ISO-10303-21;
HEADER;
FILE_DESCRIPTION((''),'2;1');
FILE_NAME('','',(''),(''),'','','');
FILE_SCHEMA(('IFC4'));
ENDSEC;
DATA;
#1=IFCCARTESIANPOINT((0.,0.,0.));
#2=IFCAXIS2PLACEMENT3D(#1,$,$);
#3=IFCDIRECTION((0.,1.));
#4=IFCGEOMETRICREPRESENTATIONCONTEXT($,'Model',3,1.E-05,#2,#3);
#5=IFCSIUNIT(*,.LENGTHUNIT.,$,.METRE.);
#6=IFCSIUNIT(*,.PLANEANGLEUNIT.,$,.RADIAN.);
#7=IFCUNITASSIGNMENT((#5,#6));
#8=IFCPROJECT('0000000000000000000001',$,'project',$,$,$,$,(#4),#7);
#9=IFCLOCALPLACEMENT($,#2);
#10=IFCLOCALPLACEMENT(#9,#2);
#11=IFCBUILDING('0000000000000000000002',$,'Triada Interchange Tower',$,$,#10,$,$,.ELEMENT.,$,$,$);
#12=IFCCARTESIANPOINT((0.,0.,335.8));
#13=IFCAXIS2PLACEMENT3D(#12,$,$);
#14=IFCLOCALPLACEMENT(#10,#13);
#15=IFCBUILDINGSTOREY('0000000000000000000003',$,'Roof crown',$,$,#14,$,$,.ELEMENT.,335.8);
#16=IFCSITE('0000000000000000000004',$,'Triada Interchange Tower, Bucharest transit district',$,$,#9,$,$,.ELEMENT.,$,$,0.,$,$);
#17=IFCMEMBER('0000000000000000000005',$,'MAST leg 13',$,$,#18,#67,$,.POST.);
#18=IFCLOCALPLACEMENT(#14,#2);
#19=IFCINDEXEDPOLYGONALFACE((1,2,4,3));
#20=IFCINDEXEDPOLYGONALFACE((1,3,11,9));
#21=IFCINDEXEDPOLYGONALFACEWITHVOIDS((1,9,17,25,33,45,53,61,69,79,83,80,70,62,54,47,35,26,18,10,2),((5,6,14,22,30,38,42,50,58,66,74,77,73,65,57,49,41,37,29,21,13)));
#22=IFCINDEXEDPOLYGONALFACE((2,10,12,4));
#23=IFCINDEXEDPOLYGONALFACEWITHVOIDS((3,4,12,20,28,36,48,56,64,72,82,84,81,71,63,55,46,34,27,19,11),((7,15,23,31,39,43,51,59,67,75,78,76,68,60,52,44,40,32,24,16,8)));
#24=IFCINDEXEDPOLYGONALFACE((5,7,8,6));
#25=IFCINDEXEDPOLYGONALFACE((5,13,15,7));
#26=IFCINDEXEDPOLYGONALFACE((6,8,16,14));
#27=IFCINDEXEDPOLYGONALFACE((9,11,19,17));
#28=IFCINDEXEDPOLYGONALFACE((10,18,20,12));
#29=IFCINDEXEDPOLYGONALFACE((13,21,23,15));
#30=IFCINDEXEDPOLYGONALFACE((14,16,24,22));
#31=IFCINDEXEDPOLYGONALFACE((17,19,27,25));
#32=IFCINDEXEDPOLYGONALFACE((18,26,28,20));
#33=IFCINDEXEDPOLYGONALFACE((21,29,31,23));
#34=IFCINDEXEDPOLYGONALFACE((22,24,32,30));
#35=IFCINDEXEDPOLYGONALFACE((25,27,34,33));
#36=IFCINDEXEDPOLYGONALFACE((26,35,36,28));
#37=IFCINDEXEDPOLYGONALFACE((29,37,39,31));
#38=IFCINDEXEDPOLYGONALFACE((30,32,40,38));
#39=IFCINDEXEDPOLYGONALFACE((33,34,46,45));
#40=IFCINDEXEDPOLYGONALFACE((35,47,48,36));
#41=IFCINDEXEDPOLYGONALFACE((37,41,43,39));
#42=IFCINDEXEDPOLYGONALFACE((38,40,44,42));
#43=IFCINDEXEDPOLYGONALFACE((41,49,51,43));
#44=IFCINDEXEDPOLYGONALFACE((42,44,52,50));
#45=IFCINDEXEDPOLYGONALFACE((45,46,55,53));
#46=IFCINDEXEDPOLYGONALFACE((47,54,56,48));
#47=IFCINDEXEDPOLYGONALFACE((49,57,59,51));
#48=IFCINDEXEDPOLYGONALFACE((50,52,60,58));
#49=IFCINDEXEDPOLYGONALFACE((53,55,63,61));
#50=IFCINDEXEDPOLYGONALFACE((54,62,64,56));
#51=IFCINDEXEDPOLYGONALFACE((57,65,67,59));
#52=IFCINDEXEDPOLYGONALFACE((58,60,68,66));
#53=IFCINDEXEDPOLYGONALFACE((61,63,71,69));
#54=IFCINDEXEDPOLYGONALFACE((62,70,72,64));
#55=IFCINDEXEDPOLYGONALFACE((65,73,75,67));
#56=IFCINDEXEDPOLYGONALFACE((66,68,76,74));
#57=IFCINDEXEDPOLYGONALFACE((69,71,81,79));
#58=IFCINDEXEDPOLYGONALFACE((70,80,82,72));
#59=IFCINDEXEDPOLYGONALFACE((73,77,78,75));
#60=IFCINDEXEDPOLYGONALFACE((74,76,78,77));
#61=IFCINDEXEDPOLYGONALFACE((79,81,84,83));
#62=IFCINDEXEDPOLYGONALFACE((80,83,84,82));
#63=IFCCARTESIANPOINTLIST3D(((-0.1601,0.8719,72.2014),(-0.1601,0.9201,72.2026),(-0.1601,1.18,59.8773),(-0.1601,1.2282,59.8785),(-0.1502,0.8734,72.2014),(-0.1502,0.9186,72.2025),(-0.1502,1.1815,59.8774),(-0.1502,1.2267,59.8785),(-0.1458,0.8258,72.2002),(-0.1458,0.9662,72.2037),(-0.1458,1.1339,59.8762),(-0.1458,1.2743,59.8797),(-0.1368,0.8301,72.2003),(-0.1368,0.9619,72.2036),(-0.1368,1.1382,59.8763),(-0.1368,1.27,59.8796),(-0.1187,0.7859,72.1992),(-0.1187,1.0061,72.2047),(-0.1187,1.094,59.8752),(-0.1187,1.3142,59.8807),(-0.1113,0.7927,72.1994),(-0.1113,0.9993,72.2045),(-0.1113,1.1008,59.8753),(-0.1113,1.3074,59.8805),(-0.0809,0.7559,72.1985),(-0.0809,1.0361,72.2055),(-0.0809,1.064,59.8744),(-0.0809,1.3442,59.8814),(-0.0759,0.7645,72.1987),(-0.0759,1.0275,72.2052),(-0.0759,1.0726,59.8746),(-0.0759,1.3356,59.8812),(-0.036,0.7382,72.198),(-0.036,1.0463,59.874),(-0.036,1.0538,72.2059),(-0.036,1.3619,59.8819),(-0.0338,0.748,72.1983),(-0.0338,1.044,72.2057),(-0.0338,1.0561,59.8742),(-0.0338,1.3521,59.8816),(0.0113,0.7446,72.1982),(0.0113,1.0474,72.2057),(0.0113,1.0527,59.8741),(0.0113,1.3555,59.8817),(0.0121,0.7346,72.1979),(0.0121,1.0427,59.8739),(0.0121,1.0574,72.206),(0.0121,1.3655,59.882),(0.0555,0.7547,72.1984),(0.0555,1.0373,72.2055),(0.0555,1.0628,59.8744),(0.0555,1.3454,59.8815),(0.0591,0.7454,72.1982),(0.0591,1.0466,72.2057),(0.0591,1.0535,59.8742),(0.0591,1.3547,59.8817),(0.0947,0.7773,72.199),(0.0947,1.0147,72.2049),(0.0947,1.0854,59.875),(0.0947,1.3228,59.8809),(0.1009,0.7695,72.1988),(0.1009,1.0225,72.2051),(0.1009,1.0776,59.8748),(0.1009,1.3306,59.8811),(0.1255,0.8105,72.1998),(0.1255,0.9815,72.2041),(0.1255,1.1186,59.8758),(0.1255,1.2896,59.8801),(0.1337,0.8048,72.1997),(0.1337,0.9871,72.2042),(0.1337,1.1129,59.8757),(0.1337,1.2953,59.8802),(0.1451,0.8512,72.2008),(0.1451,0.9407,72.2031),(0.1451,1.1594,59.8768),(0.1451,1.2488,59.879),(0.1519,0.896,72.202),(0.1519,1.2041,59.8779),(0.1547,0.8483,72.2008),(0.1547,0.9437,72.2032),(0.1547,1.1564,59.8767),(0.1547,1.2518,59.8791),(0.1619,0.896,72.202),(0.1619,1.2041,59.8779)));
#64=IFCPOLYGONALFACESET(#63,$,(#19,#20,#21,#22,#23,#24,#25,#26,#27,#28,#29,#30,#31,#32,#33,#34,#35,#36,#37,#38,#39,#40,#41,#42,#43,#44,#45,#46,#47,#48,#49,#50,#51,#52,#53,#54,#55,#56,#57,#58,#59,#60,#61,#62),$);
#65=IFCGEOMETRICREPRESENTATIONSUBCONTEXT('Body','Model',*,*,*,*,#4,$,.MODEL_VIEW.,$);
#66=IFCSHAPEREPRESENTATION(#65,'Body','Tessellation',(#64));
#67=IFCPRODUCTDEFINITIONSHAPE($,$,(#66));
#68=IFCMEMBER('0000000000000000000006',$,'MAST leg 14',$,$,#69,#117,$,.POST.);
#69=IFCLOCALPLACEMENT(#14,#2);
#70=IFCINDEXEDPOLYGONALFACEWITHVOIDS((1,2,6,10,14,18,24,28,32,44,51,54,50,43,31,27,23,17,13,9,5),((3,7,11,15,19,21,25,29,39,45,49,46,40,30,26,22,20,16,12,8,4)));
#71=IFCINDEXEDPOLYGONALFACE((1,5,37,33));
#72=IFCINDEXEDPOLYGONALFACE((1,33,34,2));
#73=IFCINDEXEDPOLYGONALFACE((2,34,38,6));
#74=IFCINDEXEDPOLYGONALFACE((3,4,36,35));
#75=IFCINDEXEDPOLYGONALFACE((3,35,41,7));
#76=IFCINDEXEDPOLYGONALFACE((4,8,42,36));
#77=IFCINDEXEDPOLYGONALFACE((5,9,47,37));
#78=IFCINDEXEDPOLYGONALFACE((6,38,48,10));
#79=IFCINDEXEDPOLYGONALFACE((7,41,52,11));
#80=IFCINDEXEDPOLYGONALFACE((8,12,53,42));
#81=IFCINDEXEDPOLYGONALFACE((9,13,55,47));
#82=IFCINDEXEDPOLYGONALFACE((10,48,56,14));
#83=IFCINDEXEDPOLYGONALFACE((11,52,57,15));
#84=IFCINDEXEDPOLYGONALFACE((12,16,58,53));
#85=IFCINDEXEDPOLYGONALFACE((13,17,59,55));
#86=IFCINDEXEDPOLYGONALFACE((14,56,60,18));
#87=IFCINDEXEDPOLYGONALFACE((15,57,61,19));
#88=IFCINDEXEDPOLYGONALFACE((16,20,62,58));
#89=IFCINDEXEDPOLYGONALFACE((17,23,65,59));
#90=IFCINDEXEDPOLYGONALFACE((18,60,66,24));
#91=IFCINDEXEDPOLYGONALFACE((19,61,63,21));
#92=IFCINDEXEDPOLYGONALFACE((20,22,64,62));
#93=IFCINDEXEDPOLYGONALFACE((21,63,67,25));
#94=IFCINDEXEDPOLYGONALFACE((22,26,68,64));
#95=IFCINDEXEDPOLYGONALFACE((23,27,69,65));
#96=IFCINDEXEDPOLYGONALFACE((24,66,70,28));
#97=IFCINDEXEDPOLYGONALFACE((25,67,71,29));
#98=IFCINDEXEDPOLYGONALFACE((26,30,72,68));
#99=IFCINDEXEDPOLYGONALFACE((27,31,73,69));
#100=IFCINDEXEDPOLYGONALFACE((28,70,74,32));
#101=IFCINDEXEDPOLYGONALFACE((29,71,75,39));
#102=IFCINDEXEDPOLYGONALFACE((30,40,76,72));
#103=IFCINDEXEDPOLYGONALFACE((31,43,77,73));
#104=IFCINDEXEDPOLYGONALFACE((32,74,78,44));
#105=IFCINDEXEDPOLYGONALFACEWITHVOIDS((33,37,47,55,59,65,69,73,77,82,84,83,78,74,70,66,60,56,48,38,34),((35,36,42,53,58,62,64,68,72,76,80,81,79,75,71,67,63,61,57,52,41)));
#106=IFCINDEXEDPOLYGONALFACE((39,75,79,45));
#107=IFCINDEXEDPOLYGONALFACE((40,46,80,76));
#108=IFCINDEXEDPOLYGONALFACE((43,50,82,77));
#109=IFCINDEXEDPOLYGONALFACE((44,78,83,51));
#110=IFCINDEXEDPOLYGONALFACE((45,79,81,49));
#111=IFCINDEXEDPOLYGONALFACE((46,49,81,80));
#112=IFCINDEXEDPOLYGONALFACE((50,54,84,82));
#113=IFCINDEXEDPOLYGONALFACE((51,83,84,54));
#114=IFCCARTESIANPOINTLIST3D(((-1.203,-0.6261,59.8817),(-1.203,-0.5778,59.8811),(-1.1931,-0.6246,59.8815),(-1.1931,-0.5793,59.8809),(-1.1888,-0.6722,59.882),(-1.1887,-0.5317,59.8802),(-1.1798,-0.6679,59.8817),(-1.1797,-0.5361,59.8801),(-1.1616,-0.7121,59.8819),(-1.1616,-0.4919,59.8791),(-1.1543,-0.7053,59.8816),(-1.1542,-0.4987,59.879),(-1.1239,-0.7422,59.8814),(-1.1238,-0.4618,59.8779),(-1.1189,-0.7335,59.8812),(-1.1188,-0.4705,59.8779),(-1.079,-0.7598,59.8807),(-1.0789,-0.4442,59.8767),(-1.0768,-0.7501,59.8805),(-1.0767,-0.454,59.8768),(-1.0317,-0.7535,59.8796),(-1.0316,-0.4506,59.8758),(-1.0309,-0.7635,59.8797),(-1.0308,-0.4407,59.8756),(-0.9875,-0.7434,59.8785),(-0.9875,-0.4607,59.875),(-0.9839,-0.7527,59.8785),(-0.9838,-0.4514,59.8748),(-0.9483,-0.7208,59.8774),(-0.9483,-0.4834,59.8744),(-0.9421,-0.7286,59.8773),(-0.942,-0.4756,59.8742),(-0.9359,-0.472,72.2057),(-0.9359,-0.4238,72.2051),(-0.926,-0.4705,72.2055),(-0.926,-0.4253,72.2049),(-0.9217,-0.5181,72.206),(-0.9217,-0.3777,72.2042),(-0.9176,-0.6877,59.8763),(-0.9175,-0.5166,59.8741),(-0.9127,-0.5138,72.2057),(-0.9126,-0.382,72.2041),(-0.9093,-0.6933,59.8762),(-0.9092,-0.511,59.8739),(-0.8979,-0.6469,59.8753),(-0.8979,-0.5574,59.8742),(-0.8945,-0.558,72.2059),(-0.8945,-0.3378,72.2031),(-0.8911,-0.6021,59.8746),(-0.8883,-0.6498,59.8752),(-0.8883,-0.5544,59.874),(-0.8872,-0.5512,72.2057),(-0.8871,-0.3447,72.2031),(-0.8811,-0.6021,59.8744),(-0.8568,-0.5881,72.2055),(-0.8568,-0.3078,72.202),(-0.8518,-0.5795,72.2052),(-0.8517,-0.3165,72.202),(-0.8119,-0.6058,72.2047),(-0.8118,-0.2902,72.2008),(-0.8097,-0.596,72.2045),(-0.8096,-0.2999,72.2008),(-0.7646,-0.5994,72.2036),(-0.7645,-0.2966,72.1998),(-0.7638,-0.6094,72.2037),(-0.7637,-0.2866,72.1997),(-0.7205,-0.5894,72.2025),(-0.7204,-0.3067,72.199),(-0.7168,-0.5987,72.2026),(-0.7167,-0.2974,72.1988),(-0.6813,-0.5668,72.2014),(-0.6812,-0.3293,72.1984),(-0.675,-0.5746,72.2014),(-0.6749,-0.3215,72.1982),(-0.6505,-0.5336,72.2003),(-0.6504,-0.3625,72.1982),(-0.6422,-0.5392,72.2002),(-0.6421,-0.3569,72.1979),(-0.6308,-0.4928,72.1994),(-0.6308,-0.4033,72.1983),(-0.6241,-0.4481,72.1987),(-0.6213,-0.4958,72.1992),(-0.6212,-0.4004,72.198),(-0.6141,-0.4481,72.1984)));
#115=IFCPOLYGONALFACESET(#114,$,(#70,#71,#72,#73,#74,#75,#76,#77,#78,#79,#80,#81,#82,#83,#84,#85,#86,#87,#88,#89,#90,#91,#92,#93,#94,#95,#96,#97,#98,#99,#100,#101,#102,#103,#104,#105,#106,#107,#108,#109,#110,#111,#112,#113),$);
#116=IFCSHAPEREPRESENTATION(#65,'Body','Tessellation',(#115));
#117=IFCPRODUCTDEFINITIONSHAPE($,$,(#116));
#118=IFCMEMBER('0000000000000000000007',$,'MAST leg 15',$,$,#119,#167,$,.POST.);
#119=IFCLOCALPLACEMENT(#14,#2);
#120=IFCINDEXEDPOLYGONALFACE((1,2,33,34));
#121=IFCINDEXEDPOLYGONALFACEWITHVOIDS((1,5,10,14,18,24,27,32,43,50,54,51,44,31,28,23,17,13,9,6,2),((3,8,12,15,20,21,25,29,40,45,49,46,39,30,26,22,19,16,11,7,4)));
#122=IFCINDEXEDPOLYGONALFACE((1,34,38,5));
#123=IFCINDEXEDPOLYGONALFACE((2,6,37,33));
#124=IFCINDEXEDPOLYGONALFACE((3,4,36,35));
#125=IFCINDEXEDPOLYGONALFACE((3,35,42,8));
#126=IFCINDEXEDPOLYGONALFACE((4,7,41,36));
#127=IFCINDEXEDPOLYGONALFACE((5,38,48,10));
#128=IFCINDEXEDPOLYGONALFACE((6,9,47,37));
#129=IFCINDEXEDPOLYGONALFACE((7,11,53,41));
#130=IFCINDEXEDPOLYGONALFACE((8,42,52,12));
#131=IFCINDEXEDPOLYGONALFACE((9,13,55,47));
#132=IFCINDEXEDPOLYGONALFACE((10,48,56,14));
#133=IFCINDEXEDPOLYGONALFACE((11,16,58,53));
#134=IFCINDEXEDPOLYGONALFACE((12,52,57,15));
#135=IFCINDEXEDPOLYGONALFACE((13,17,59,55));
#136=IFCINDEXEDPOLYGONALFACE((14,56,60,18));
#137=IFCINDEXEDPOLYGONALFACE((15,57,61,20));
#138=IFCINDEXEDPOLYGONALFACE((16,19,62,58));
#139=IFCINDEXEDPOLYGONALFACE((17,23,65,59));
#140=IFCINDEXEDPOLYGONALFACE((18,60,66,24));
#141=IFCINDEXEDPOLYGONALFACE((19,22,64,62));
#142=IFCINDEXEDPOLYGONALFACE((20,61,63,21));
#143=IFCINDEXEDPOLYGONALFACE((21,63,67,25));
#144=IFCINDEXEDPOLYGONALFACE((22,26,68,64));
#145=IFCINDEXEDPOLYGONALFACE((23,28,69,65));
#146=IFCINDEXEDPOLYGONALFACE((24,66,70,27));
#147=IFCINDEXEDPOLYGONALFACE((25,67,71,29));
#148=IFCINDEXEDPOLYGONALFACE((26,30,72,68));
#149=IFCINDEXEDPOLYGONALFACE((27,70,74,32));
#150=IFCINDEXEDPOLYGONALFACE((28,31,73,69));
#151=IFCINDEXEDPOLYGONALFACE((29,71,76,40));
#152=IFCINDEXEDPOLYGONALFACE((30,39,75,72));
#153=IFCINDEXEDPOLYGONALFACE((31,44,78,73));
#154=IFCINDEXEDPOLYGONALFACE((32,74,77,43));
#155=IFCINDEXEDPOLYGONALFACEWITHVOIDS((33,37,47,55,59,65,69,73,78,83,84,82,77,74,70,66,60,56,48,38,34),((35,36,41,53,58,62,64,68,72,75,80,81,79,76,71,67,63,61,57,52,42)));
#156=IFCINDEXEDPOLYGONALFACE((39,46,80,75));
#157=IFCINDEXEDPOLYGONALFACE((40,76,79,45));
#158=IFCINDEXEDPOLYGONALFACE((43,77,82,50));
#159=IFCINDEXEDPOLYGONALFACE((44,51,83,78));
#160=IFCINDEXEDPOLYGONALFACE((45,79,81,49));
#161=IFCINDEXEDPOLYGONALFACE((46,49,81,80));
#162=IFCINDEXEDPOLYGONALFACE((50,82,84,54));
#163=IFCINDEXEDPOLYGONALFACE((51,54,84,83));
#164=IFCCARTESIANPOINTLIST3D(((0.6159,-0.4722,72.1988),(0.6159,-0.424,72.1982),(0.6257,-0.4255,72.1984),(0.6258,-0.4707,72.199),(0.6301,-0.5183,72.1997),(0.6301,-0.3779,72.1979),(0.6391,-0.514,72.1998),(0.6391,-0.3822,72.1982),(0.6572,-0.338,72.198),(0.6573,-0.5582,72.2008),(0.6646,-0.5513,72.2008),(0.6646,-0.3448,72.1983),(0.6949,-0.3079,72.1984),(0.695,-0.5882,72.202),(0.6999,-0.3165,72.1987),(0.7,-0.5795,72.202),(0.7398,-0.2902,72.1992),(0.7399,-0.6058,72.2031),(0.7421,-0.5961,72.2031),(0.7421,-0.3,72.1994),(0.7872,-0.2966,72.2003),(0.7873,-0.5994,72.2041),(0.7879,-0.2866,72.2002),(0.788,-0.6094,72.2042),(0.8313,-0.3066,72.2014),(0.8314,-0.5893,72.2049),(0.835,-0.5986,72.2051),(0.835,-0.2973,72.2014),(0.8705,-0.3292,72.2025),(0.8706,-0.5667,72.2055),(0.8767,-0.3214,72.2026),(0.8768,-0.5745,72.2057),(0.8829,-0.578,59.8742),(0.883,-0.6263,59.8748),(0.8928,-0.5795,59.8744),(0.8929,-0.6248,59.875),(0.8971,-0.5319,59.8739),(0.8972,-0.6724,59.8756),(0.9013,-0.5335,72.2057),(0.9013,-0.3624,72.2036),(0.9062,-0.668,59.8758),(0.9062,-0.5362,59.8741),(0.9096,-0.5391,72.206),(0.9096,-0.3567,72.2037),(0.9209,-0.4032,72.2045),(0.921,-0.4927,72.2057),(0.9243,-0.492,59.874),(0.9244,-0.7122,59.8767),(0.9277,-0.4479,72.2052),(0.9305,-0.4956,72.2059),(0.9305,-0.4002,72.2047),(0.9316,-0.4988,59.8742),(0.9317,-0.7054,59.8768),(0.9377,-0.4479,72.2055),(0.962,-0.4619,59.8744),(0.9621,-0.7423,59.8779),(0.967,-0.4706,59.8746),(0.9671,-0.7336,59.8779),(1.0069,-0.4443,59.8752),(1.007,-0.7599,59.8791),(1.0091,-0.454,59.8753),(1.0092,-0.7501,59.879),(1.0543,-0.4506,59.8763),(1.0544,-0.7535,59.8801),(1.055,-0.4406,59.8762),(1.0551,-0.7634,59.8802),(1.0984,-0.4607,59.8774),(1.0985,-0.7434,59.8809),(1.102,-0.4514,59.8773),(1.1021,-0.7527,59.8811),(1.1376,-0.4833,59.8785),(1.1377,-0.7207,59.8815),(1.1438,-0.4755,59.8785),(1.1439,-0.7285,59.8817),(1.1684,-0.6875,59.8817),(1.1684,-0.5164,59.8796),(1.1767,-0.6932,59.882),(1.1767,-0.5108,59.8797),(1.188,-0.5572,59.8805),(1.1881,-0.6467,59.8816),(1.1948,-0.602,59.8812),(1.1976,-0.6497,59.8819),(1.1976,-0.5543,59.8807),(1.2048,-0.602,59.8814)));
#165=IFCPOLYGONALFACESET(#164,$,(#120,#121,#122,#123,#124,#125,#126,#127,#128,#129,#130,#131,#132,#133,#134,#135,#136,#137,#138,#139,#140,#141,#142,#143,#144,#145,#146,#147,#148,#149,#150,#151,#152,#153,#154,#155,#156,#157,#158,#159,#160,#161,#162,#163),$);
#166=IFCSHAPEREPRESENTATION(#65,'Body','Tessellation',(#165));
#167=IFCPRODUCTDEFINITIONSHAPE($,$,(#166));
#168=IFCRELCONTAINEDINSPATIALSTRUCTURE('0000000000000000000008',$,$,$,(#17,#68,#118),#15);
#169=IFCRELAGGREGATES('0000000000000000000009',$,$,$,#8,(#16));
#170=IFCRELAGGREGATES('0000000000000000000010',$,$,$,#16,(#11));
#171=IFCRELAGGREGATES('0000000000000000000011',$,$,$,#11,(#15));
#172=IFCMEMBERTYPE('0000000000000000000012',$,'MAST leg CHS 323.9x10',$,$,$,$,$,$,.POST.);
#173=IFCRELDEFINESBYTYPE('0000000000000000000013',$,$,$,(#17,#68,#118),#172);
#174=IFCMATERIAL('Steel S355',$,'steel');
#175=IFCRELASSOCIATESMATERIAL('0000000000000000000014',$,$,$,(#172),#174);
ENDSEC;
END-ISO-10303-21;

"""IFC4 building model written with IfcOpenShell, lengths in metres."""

from ifc_helpers import new_model, si_unit, direction, frame, origin, origin_2d, place, context, subcontext, project, spatial, hollow_circle, extrude, material, material_profile, profile_set, type_object, element, save


model = new_model("IFC4")

# Units and contexts
model_context = context("Model", 3, precision=1e-05, world=origin(), true_north=direction((0.0, 1.0)))
body_context = subcontext(model_context, "Body", "Model", "MODEL_VIEW")
ifc_project = project(units=[si_unit("LENGTHUNIT", "METRE"), si_unit("PLANEANGLEUNIT", "RADIAN")], contexts=[model_context])

# Site, building, storey
site_placement = place(None, origin())
site = spatial("IfcSite", under=ifc_project, at=site_placement, Name="Triada Interchange Tower, Bucharest transit district", CompositionType="ELEMENT", RefElevation=0.0)
building_placement = place(site_placement, origin())
building = spatial("IfcBuilding", under=site, at=building_placement, Name="Triada Interchange Tower", CompositionType="ELEMENT")
storey_placement = place(building_placement, frame((0.0, 0.0, 335.8)))
storey = spatial("IfcBuildingStorey", under=building, at=storey_placement, Name="Roof crown", CompositionType="ELEMENT", Elevation=335.8)

# Members
ifc_material = material(Name="Steel S355", Category="steel")
ifc_material_profile_1 = material_profile(ifc_material, hollow_circle(Radius=0.1619, WallThickness=0.01, at=origin_2d()), Name="CHS 323.9x10")
ifc_profile_set_1 = profile_set([ifc_material_profile_1], Name="Steel S355")
member_type_1 = type_object("IfcMemberType", Name="MAST leg CHS 323.9x10", PredefinedType="POST", material=ifc_profile_set_1)
for number, where, z_axis, x_axis, name in (
    (1, (0.0, 1.2041, 59.8779), (0.0, -0.024993, 0.999688), (1.0, 0.0, 0.0), "MAST leg 13"),
    (2, (-1.043, -0.6021, 59.8779), (0.021666, 0.012496, 0.999687), (-0.499631, 0.866238, 0.0), "MAST leg 14"),
    (3, (1.043, -0.6021, 59.8779), (-0.021666, 0.012496, 0.999687), (-0.499631, -0.866238, 0.0), "MAST leg 15"),
):
    element("IfcMember", number, at=place(storey_placement, frame(where, z_axis=z_axis, x_axis=x_axis)), inside=storey, type_object=member_type_1, Name=name, PredefinedType="POST", context=body_context, shape_type="SweptSolid", body=[
        extrude(hollow_circle(Radius=0.1619, WallThickness=0.01, at=origin_2d()), origin(), (0.0, 0.0, 1.0), 12.3279),
    ])

save(model, "model.ifc")
